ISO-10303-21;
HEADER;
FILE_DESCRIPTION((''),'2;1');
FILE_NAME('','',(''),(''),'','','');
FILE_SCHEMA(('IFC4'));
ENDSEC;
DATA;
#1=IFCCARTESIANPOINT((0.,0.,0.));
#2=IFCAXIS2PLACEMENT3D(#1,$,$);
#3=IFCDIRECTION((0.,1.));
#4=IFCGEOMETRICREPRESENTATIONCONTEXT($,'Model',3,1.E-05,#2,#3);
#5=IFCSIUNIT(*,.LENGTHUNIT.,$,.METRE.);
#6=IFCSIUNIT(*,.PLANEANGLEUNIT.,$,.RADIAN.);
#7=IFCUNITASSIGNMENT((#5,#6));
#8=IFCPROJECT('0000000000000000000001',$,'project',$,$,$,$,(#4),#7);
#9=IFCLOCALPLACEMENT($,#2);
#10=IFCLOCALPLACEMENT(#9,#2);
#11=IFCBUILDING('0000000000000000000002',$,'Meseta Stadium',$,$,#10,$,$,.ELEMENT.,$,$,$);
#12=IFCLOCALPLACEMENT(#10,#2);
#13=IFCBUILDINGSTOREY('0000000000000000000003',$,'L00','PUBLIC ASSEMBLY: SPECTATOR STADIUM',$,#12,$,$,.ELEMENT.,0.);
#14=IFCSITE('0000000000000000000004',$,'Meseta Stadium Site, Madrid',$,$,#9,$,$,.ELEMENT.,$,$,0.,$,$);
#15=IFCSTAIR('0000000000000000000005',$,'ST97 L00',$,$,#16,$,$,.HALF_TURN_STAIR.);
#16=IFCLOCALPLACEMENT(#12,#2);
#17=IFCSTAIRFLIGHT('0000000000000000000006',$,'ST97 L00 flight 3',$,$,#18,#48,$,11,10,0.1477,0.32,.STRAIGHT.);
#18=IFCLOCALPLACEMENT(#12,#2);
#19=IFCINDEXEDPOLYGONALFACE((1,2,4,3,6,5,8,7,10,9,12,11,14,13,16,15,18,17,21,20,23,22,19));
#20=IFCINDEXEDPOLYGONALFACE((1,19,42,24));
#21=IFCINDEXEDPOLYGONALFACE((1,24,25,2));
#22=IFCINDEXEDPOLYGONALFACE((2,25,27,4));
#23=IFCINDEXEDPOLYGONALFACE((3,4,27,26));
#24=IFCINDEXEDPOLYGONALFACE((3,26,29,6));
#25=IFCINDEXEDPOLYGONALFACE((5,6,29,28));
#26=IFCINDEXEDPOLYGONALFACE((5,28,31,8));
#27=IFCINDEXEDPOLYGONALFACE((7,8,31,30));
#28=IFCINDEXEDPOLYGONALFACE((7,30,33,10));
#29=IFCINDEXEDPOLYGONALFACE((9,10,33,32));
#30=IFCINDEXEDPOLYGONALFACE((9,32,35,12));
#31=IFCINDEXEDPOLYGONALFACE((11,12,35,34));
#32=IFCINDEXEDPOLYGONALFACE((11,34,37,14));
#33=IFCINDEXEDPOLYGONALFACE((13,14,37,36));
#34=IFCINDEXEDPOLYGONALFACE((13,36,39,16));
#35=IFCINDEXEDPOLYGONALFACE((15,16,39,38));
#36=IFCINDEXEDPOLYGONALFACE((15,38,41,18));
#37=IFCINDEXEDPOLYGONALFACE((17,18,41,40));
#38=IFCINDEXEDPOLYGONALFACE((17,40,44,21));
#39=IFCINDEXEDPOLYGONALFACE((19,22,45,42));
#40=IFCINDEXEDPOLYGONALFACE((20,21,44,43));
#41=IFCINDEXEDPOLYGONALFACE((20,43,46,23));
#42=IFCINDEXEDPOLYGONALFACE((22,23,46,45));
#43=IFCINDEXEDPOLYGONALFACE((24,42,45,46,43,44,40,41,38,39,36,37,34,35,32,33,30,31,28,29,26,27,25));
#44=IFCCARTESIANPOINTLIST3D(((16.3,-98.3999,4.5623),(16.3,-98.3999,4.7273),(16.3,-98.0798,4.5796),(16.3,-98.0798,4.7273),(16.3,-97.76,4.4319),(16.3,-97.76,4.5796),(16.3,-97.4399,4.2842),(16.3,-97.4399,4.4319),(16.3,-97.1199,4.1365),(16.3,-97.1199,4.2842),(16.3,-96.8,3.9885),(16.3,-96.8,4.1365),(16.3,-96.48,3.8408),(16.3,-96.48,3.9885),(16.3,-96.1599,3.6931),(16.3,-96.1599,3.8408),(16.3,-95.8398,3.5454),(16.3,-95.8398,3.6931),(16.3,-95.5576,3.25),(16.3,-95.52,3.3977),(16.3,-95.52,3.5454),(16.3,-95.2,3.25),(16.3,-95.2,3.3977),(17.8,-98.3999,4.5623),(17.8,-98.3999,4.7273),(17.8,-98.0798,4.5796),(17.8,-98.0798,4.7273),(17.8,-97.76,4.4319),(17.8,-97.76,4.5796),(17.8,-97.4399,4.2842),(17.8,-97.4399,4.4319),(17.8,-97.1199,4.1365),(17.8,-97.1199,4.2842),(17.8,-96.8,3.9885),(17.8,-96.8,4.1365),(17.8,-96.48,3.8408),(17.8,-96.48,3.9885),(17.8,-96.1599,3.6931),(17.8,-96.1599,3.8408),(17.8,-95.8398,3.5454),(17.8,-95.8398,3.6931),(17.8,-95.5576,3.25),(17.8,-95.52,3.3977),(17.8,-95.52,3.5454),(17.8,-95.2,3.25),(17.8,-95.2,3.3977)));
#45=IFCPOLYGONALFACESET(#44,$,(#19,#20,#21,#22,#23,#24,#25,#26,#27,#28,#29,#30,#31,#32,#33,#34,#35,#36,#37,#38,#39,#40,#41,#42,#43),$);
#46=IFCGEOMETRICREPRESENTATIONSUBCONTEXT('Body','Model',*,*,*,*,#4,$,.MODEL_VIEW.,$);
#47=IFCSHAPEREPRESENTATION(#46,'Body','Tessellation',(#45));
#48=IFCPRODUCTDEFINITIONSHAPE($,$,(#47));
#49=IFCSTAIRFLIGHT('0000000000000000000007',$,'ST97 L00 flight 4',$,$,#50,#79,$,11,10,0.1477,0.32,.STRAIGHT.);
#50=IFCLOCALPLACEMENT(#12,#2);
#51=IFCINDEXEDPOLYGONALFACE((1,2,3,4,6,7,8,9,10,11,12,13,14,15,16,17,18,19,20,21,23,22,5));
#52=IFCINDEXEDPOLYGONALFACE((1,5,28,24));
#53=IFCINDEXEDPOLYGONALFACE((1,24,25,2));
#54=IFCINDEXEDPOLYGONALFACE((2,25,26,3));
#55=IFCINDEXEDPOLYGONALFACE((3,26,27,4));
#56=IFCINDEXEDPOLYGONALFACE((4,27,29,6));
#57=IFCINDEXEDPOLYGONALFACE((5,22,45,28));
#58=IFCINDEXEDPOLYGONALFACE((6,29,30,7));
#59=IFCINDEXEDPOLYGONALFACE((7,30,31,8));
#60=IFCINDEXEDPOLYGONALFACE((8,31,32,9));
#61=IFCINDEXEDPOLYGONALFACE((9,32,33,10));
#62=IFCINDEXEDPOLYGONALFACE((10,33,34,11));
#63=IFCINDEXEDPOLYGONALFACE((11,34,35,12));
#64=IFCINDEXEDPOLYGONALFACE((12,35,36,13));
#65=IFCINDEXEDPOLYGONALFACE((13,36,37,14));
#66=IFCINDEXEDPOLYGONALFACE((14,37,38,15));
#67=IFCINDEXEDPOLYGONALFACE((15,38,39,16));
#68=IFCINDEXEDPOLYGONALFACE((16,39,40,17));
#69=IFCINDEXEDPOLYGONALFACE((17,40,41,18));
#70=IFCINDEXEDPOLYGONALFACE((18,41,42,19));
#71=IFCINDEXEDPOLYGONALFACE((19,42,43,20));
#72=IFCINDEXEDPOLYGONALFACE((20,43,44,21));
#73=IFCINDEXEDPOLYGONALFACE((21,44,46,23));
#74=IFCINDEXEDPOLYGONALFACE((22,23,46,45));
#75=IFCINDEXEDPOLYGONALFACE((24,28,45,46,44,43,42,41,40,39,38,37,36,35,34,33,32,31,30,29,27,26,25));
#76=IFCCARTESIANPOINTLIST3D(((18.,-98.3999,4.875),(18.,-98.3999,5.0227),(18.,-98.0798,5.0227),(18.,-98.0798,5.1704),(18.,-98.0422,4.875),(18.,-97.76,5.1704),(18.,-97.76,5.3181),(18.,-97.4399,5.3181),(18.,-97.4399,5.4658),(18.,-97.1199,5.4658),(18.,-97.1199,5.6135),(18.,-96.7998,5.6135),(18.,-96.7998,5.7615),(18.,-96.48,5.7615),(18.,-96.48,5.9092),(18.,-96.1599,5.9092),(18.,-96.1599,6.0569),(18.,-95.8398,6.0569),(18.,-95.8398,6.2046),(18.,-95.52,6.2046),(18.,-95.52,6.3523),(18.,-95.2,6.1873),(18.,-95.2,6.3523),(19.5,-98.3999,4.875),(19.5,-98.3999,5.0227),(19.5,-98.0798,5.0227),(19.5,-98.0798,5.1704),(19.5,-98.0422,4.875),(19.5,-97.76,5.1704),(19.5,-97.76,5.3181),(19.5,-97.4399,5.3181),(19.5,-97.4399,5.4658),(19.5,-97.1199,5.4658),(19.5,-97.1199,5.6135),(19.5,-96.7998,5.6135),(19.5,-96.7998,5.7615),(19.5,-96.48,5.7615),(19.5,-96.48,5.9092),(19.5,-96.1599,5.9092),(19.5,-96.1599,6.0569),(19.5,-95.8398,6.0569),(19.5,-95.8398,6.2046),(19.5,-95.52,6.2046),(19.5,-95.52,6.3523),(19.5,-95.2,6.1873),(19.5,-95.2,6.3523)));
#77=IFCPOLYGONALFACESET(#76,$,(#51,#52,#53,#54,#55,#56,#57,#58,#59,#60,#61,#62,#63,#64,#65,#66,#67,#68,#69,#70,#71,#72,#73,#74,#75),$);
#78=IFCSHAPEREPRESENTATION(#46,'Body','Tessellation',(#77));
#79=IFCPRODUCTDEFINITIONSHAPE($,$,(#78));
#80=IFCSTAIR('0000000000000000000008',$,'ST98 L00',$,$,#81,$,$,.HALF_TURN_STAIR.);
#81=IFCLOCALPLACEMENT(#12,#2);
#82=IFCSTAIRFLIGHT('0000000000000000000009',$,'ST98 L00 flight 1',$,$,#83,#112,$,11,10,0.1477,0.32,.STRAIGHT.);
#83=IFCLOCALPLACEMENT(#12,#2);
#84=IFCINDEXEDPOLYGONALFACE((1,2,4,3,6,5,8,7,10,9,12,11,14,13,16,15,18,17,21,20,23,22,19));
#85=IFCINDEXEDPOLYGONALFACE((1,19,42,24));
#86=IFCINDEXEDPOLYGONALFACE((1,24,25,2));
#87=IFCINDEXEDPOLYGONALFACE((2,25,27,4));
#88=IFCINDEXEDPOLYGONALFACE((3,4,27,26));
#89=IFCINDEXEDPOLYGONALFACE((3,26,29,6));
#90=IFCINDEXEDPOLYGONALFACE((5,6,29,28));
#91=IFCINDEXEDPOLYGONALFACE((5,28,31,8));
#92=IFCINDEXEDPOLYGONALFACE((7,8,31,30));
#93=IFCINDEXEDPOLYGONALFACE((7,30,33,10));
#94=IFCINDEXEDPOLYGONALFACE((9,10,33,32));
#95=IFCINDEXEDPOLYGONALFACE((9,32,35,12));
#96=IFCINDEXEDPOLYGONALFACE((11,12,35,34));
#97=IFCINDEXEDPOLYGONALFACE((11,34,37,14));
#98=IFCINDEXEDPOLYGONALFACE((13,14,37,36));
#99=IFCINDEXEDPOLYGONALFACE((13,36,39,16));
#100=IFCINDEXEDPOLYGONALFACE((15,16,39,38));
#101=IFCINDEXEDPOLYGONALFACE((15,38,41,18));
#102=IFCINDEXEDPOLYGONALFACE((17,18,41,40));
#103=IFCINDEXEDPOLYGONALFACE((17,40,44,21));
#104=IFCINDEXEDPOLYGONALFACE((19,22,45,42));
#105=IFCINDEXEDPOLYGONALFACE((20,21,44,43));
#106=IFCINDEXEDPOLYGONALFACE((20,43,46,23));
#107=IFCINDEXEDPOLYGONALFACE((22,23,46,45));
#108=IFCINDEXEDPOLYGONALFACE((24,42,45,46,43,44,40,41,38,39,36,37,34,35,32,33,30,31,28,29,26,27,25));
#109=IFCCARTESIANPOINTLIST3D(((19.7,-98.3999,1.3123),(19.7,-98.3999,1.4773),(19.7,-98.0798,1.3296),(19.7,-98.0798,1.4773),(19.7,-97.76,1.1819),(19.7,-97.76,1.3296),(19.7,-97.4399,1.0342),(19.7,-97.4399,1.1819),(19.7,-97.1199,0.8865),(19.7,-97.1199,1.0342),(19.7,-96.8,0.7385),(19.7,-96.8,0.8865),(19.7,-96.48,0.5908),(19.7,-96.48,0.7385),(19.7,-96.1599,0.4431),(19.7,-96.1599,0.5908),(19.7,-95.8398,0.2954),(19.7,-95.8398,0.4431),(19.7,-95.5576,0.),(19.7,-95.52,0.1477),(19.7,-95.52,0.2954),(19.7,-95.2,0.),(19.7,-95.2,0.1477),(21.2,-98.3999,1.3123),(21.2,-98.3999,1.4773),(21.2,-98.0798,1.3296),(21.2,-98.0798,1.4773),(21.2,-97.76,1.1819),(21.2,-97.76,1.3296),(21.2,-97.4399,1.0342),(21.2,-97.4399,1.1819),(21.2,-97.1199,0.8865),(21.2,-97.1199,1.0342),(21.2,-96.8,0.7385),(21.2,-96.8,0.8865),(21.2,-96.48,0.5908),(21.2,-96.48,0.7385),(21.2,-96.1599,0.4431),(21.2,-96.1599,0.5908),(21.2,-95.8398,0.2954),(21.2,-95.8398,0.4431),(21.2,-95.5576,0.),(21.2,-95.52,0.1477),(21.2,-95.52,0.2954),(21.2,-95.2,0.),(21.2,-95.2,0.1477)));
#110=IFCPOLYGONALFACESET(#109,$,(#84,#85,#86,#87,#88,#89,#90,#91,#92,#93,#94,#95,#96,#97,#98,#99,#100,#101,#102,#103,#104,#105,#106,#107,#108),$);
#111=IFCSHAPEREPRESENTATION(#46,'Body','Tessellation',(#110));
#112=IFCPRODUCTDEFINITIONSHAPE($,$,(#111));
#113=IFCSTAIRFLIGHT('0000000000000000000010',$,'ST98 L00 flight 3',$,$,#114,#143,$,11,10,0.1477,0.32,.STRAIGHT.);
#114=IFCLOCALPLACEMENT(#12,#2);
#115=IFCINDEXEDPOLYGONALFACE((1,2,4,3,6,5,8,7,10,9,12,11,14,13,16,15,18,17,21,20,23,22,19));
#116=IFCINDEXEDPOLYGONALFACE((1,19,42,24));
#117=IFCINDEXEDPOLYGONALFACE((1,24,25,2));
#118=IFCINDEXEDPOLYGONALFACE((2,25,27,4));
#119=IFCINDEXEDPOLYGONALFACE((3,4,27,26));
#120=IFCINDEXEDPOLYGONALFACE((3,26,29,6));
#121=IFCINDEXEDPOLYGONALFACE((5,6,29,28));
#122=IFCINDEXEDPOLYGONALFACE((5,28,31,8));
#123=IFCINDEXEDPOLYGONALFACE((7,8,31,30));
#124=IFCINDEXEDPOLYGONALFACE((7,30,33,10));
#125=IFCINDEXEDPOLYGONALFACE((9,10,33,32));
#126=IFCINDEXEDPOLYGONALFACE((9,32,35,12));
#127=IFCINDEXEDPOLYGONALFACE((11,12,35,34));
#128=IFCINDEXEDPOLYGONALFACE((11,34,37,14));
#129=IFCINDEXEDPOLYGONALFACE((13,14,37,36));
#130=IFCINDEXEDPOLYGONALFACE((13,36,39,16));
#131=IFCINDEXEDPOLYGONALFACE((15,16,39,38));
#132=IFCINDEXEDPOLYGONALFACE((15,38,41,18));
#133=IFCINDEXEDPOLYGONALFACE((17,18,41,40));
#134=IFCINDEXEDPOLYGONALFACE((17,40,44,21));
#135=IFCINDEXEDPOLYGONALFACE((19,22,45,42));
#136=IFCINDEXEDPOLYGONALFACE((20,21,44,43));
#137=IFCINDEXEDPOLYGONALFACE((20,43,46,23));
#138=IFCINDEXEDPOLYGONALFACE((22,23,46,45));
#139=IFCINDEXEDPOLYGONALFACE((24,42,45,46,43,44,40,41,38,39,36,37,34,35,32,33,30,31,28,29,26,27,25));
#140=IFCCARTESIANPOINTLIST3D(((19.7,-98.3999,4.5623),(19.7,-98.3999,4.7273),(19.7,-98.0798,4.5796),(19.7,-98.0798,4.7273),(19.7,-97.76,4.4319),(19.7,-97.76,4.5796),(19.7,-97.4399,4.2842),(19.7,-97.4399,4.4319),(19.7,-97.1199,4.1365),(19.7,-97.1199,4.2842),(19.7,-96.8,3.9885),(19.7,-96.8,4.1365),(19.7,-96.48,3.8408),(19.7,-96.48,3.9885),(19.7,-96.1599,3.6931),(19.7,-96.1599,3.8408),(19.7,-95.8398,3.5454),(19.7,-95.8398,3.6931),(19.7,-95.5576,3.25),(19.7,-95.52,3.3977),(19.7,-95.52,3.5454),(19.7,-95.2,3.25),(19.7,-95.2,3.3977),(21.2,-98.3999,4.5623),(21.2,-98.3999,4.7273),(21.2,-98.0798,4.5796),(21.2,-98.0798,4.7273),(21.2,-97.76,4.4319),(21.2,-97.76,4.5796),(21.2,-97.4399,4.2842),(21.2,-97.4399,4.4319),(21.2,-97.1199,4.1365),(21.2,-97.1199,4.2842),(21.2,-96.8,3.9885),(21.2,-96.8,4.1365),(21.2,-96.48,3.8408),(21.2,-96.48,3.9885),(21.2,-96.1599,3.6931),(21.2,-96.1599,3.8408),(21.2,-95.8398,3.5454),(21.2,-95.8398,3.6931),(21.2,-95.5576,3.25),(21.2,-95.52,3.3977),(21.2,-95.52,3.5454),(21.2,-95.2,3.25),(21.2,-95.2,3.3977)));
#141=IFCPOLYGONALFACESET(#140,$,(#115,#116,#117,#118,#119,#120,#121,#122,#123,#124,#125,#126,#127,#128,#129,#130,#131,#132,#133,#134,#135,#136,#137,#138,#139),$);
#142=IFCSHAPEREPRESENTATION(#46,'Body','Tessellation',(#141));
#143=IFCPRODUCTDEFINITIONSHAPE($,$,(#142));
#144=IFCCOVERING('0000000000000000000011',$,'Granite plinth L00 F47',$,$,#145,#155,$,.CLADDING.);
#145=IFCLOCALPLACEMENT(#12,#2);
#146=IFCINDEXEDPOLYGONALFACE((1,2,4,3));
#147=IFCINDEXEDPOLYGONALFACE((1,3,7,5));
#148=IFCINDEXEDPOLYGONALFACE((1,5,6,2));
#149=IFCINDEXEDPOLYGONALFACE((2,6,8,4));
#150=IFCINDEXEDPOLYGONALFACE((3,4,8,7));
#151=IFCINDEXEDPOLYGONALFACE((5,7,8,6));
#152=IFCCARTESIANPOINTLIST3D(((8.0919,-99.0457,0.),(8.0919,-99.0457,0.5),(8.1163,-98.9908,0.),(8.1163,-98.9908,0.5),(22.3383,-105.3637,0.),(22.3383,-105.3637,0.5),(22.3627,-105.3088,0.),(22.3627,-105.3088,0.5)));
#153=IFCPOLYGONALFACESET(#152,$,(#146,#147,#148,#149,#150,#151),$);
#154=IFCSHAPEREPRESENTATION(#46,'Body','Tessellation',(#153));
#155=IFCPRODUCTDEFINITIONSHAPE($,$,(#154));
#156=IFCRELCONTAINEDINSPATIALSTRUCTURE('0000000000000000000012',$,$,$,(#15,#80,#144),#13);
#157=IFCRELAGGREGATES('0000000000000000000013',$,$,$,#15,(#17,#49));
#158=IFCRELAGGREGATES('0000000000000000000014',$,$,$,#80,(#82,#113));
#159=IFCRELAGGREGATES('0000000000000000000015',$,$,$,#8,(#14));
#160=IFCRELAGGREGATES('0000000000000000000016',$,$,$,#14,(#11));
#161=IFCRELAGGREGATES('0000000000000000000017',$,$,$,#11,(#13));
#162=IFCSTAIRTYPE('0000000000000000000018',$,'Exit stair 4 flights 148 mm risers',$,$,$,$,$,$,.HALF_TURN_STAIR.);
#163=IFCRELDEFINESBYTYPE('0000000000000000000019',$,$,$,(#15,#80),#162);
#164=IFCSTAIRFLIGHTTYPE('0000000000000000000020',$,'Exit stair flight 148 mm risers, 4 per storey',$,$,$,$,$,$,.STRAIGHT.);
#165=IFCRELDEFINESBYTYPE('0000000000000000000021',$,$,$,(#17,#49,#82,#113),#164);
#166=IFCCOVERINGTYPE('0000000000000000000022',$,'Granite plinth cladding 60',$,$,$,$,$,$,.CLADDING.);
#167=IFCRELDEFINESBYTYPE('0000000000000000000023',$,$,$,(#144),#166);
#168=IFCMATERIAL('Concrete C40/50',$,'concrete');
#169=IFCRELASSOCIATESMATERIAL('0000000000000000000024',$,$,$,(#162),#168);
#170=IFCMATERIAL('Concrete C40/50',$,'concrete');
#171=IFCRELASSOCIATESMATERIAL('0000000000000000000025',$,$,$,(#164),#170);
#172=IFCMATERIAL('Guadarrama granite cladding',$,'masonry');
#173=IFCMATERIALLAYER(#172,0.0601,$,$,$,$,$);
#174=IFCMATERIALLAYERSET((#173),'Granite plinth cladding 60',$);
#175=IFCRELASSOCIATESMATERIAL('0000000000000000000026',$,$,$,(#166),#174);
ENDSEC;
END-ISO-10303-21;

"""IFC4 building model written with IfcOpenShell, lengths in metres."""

from ifc_helpers import new_model, si_unit, direction, frame, origin, origin_2d, place, context, subcontext, project, spatial, polyline, rectangle, outline, extrude, material, layer, layer_set, type_object, element, aggregate, save


model = new_model("IFC4")

# Units and contexts
model_context = context("Model", 3, precision=1e-05, world=origin(), true_north=direction((0.0, 1.0)))
body_context = subcontext(model_context, "Body", "Model", "MODEL_VIEW")
ifc_project = project(units=[si_unit("LENGTHUNIT", "METRE"), si_unit("PLANEANGLEUNIT", "RADIAN")], contexts=[model_context])

# Site, building, storey
site_placement = place(None, origin())
site = spatial("IfcSite", under=ifc_project, at=site_placement, Name="Meseta Stadium Site, Madrid", CompositionType="ELEMENT", RefElevation=0.0)
building_placement = place(site_placement, origin())
building = spatial("IfcBuilding", under=site, at=building_placement, Name="Meseta Stadium", CompositionType="ELEMENT")
storey_placement = place(building_placement, origin())
storey = spatial("IfcBuildingStorey", under=building, at=storey_placement, Name="L00", Description="PUBLIC ASSEMBLY: SPECTATOR STADIUM", CompositionType="ELEMENT", Elevation=0.0)

# Stairs, stair flights
ifc_material_1 = material(Name="Concrete C40/50", Category="concrete")
stair_type = type_object("IfcStairType", Name="Exit stair 4 flights 148 mm risers", PredefinedType="HALF_TURN_STAIR", material=ifc_material_1)
stair_1_placement = place(storey_placement, origin())
stair_1 = element("IfcStair", 1, at=stair_1_placement, inside=storey, type_object=stair_type, Name="ST97 L00", PredefinedType="HALF_TURN_STAIR")
ifc_material_2 = material(Name="Concrete C40/50", Category="concrete")
stair_flight_type = type_object("IfcStairFlightType", Name="Exit stair flight 148 mm risers, 4 per storey", PredefinedType="STRAIGHT", material=ifc_material_2)
stair_flight_1_placement = place(storey_placement, frame((17.05, -95.2, 3.25), z_axis=(0.0, 0.0, 1.0), x_axis=(0.0, -1.0, 0.0)))
stair_flight_1 = element("IfcStairFlight", 2, at=stair_flight_1_placement, type_object=stair_flight_type, Name="ST97 L00 flight 3", NumberOfRisers=11, NumberOfTreads=10, PredefinedType="STRAIGHT", RiserHeight=0.1477, TreadLength=0.32, context=body_context, shape_type="SweptSolid", body=[
    extrude(outline(polyline([(0.0, 0.0), (0.0, 0.1477), (0.3201, 0.1477), (0.3201, 0.2954), (0.6399, 0.2954), (0.6399, 0.4431), (0.96, 0.4431), (0.96, 0.5908), (1.28, 0.5908), (1.28, 0.7385), (1.6001, 0.7385), (1.6001, 0.8865), (1.9199, 0.8865), (1.9199, 1.0342), (2.24, 1.0342), (2.24, 1.1819), (2.5601, 1.1819), (2.5601, 1.3296), (2.8799, 1.3296), (2.8799, 1.4773), (3.2, 1.4773), (3.2, 1.3123), (0.3577, 0.0), (0.0, 0.0)])), frame((0.0, 0.75, 0.0), z_axis=(0.0, -1.0, 0.0), x_axis=(1.0, 0.0, 0.0)), (0.0, 0.0, 1.0), 1.5),
])
stair_flight_2_placement = place(storey_placement, frame((18.75, -98.3999, 4.875), z_axis=(0.0, 0.0, 1.0), x_axis=(0.0, 1.0, 0.0)))
stair_flight_2 = element("IfcStairFlight", 3, at=stair_flight_2_placement, type_object=stair_flight_type, Name="ST97 L00 flight 4", NumberOfRisers=11, NumberOfTreads=10, PredefinedType="STRAIGHT", RiserHeight=0.1477, TreadLength=0.32, context=body_context, shape_type="SweptSolid", body=[
    extrude(outline(polyline([(0.0, 0.0), (0.0, 0.1477), (0.3201, 0.1477), (0.3201, 0.2954), (0.6399, 0.2954), (0.6399, 0.4431), (0.96, 0.4431), (0.96, 0.5908), (1.28, 0.5908), (1.28, 0.7385), (1.6001, 0.7385), (1.6001, 0.8865), (1.9199, 0.8865), (1.9199, 1.0342), (2.24, 1.0342), (2.24, 1.1819), (2.5601, 1.1819), (2.5601, 1.3296), (2.8799, 1.3296), (2.8799, 1.4773), (3.2, 1.4773), (3.2, 1.3123), (0.3577, 0.0), (0.0, 0.0)])), frame((0.0, 0.75, 0.0), z_axis=(0.0, -1.0, 0.0), x_axis=(1.0, 0.0, 0.0)), (0.0, 0.0, 1.0), 1.5),
])
aggregate(stair_1, [stair_flight_1, stair_flight_2])
stair_2_placement = place(storey_placement, origin())
stair_2 = element("IfcStair", 4, at=stair_2_placement, inside=storey, type_object=stair_type, Name="ST98 L00", PredefinedType="HALF_TURN_STAIR")
stair_flight_3_placement = place(storey_placement, frame((20.45, -95.2, 0.0), z_axis=(0.0, 0.0, 1.0), x_axis=(0.0, -1.0, 0.0)))
stair_flight_3 = element("IfcStairFlight", 5, at=stair_flight_3_placement, type_object=stair_flight_type, Name="ST98 L00 flight 1", NumberOfRisers=11, NumberOfTreads=10, PredefinedType="STRAIGHT", RiserHeight=0.1477, TreadLength=0.32, context=body_context, shape_type="SweptSolid", body=[
    extrude(outline(polyline([(0.0, 0.0), (0.0, 0.1477), (0.3201, 0.1477), (0.3201, 0.2954), (0.6399, 0.2954), (0.6399, 0.4431), (0.96, 0.4431), (0.96, 0.5908), (1.28, 0.5908), (1.28, 0.7385), (1.6001, 0.7385), (1.6001, 0.8865), (1.9199, 0.8865), (1.9199, 1.0342), (2.24, 1.0342), (2.24, 1.1819), (2.5601, 1.1819), (2.5601, 1.3296), (2.8799, 1.3296), (2.8799, 1.4773), (3.2, 1.4773), (3.2, 1.3123), (0.3577, 0.0), (0.0, 0.0)])), frame((0.0, 0.75, 0.0), z_axis=(0.0, -1.0, 0.0), x_axis=(1.0, 0.0, 0.0)), (0.0, 0.0, 1.0), 1.5),
])
stair_flight_4_placement = place(storey_placement, frame((20.45, -95.2, 3.25), z_axis=(0.0, 0.0, 1.0), x_axis=(0.0, -1.0, 0.0)))
stair_flight_4 = element("IfcStairFlight", 6, at=stair_flight_4_placement, type_object=stair_flight_type, Name="ST98 L00 flight 3", NumberOfRisers=11, NumberOfTreads=10, PredefinedType="STRAIGHT", RiserHeight=0.1477, TreadLength=0.32, context=body_context, shape_type="SweptSolid", body=[
    extrude(outline(polyline([(0.0, 0.0), (0.0, 0.1477), (0.3201, 0.1477), (0.3201, 0.2954), (0.6399, 0.2954), (0.6399, 0.4431), (0.96, 0.4431), (0.96, 0.5908), (1.28, 0.5908), (1.28, 0.7385), (1.6001, 0.7385), (1.6001, 0.8865), (1.9199, 0.8865), (1.9199, 1.0342), (2.24, 1.0342), (2.24, 1.1819), (2.5601, 1.1819), (2.5601, 1.3296), (2.8799, 1.3296), (2.8799, 1.4773), (3.2, 1.4773), (3.2, 1.3123), (0.3577, 0.0), (0.0, 0.0)])), frame((0.0, 0.75, 0.0), z_axis=(0.0, -1.0, 0.0), x_axis=(1.0, 0.0, 0.0)), (0.0, 0.0, 1.0), 1.5),
])
aggregate(stair_2, [stair_flight_3, stair_flight_4])

# Covering
ifc_material_3 = material(Name="Guadarrama granite cladding", Category="masonry")
ifc_layer_1 = layer(ifc_material_3, 0.0601)
ifc_layer_set_1 = layer_set([ifc_layer_1], Name="Granite plinth cladding 60")
covering_type = type_object("IfcCoveringType", Name="Granite plinth cladding 60", PredefinedType="CLADDING", material=ifc_layer_set_1)
covering_placement = place(storey_placement, frame((15.2273, -102.1772, 0.0), z_axis=(0.0, 0.0, 1.0), x_axis=(-0.914139, 0.4054, 0.0)))
element("IfcCovering", 7, at=covering_placement, inside=storey, type_object=covering_type, Name="Granite plinth L00 F47", PredefinedType="CLADDING", context=body_context, shape_type="SweptSolid", body=[
    extrude(rectangle(XDim=15.5845, YDim=0.0601, at=origin_2d()), origin(), (0.0, 0.0, 1.0), 0.5),
])

save(model, "model.ifc")
